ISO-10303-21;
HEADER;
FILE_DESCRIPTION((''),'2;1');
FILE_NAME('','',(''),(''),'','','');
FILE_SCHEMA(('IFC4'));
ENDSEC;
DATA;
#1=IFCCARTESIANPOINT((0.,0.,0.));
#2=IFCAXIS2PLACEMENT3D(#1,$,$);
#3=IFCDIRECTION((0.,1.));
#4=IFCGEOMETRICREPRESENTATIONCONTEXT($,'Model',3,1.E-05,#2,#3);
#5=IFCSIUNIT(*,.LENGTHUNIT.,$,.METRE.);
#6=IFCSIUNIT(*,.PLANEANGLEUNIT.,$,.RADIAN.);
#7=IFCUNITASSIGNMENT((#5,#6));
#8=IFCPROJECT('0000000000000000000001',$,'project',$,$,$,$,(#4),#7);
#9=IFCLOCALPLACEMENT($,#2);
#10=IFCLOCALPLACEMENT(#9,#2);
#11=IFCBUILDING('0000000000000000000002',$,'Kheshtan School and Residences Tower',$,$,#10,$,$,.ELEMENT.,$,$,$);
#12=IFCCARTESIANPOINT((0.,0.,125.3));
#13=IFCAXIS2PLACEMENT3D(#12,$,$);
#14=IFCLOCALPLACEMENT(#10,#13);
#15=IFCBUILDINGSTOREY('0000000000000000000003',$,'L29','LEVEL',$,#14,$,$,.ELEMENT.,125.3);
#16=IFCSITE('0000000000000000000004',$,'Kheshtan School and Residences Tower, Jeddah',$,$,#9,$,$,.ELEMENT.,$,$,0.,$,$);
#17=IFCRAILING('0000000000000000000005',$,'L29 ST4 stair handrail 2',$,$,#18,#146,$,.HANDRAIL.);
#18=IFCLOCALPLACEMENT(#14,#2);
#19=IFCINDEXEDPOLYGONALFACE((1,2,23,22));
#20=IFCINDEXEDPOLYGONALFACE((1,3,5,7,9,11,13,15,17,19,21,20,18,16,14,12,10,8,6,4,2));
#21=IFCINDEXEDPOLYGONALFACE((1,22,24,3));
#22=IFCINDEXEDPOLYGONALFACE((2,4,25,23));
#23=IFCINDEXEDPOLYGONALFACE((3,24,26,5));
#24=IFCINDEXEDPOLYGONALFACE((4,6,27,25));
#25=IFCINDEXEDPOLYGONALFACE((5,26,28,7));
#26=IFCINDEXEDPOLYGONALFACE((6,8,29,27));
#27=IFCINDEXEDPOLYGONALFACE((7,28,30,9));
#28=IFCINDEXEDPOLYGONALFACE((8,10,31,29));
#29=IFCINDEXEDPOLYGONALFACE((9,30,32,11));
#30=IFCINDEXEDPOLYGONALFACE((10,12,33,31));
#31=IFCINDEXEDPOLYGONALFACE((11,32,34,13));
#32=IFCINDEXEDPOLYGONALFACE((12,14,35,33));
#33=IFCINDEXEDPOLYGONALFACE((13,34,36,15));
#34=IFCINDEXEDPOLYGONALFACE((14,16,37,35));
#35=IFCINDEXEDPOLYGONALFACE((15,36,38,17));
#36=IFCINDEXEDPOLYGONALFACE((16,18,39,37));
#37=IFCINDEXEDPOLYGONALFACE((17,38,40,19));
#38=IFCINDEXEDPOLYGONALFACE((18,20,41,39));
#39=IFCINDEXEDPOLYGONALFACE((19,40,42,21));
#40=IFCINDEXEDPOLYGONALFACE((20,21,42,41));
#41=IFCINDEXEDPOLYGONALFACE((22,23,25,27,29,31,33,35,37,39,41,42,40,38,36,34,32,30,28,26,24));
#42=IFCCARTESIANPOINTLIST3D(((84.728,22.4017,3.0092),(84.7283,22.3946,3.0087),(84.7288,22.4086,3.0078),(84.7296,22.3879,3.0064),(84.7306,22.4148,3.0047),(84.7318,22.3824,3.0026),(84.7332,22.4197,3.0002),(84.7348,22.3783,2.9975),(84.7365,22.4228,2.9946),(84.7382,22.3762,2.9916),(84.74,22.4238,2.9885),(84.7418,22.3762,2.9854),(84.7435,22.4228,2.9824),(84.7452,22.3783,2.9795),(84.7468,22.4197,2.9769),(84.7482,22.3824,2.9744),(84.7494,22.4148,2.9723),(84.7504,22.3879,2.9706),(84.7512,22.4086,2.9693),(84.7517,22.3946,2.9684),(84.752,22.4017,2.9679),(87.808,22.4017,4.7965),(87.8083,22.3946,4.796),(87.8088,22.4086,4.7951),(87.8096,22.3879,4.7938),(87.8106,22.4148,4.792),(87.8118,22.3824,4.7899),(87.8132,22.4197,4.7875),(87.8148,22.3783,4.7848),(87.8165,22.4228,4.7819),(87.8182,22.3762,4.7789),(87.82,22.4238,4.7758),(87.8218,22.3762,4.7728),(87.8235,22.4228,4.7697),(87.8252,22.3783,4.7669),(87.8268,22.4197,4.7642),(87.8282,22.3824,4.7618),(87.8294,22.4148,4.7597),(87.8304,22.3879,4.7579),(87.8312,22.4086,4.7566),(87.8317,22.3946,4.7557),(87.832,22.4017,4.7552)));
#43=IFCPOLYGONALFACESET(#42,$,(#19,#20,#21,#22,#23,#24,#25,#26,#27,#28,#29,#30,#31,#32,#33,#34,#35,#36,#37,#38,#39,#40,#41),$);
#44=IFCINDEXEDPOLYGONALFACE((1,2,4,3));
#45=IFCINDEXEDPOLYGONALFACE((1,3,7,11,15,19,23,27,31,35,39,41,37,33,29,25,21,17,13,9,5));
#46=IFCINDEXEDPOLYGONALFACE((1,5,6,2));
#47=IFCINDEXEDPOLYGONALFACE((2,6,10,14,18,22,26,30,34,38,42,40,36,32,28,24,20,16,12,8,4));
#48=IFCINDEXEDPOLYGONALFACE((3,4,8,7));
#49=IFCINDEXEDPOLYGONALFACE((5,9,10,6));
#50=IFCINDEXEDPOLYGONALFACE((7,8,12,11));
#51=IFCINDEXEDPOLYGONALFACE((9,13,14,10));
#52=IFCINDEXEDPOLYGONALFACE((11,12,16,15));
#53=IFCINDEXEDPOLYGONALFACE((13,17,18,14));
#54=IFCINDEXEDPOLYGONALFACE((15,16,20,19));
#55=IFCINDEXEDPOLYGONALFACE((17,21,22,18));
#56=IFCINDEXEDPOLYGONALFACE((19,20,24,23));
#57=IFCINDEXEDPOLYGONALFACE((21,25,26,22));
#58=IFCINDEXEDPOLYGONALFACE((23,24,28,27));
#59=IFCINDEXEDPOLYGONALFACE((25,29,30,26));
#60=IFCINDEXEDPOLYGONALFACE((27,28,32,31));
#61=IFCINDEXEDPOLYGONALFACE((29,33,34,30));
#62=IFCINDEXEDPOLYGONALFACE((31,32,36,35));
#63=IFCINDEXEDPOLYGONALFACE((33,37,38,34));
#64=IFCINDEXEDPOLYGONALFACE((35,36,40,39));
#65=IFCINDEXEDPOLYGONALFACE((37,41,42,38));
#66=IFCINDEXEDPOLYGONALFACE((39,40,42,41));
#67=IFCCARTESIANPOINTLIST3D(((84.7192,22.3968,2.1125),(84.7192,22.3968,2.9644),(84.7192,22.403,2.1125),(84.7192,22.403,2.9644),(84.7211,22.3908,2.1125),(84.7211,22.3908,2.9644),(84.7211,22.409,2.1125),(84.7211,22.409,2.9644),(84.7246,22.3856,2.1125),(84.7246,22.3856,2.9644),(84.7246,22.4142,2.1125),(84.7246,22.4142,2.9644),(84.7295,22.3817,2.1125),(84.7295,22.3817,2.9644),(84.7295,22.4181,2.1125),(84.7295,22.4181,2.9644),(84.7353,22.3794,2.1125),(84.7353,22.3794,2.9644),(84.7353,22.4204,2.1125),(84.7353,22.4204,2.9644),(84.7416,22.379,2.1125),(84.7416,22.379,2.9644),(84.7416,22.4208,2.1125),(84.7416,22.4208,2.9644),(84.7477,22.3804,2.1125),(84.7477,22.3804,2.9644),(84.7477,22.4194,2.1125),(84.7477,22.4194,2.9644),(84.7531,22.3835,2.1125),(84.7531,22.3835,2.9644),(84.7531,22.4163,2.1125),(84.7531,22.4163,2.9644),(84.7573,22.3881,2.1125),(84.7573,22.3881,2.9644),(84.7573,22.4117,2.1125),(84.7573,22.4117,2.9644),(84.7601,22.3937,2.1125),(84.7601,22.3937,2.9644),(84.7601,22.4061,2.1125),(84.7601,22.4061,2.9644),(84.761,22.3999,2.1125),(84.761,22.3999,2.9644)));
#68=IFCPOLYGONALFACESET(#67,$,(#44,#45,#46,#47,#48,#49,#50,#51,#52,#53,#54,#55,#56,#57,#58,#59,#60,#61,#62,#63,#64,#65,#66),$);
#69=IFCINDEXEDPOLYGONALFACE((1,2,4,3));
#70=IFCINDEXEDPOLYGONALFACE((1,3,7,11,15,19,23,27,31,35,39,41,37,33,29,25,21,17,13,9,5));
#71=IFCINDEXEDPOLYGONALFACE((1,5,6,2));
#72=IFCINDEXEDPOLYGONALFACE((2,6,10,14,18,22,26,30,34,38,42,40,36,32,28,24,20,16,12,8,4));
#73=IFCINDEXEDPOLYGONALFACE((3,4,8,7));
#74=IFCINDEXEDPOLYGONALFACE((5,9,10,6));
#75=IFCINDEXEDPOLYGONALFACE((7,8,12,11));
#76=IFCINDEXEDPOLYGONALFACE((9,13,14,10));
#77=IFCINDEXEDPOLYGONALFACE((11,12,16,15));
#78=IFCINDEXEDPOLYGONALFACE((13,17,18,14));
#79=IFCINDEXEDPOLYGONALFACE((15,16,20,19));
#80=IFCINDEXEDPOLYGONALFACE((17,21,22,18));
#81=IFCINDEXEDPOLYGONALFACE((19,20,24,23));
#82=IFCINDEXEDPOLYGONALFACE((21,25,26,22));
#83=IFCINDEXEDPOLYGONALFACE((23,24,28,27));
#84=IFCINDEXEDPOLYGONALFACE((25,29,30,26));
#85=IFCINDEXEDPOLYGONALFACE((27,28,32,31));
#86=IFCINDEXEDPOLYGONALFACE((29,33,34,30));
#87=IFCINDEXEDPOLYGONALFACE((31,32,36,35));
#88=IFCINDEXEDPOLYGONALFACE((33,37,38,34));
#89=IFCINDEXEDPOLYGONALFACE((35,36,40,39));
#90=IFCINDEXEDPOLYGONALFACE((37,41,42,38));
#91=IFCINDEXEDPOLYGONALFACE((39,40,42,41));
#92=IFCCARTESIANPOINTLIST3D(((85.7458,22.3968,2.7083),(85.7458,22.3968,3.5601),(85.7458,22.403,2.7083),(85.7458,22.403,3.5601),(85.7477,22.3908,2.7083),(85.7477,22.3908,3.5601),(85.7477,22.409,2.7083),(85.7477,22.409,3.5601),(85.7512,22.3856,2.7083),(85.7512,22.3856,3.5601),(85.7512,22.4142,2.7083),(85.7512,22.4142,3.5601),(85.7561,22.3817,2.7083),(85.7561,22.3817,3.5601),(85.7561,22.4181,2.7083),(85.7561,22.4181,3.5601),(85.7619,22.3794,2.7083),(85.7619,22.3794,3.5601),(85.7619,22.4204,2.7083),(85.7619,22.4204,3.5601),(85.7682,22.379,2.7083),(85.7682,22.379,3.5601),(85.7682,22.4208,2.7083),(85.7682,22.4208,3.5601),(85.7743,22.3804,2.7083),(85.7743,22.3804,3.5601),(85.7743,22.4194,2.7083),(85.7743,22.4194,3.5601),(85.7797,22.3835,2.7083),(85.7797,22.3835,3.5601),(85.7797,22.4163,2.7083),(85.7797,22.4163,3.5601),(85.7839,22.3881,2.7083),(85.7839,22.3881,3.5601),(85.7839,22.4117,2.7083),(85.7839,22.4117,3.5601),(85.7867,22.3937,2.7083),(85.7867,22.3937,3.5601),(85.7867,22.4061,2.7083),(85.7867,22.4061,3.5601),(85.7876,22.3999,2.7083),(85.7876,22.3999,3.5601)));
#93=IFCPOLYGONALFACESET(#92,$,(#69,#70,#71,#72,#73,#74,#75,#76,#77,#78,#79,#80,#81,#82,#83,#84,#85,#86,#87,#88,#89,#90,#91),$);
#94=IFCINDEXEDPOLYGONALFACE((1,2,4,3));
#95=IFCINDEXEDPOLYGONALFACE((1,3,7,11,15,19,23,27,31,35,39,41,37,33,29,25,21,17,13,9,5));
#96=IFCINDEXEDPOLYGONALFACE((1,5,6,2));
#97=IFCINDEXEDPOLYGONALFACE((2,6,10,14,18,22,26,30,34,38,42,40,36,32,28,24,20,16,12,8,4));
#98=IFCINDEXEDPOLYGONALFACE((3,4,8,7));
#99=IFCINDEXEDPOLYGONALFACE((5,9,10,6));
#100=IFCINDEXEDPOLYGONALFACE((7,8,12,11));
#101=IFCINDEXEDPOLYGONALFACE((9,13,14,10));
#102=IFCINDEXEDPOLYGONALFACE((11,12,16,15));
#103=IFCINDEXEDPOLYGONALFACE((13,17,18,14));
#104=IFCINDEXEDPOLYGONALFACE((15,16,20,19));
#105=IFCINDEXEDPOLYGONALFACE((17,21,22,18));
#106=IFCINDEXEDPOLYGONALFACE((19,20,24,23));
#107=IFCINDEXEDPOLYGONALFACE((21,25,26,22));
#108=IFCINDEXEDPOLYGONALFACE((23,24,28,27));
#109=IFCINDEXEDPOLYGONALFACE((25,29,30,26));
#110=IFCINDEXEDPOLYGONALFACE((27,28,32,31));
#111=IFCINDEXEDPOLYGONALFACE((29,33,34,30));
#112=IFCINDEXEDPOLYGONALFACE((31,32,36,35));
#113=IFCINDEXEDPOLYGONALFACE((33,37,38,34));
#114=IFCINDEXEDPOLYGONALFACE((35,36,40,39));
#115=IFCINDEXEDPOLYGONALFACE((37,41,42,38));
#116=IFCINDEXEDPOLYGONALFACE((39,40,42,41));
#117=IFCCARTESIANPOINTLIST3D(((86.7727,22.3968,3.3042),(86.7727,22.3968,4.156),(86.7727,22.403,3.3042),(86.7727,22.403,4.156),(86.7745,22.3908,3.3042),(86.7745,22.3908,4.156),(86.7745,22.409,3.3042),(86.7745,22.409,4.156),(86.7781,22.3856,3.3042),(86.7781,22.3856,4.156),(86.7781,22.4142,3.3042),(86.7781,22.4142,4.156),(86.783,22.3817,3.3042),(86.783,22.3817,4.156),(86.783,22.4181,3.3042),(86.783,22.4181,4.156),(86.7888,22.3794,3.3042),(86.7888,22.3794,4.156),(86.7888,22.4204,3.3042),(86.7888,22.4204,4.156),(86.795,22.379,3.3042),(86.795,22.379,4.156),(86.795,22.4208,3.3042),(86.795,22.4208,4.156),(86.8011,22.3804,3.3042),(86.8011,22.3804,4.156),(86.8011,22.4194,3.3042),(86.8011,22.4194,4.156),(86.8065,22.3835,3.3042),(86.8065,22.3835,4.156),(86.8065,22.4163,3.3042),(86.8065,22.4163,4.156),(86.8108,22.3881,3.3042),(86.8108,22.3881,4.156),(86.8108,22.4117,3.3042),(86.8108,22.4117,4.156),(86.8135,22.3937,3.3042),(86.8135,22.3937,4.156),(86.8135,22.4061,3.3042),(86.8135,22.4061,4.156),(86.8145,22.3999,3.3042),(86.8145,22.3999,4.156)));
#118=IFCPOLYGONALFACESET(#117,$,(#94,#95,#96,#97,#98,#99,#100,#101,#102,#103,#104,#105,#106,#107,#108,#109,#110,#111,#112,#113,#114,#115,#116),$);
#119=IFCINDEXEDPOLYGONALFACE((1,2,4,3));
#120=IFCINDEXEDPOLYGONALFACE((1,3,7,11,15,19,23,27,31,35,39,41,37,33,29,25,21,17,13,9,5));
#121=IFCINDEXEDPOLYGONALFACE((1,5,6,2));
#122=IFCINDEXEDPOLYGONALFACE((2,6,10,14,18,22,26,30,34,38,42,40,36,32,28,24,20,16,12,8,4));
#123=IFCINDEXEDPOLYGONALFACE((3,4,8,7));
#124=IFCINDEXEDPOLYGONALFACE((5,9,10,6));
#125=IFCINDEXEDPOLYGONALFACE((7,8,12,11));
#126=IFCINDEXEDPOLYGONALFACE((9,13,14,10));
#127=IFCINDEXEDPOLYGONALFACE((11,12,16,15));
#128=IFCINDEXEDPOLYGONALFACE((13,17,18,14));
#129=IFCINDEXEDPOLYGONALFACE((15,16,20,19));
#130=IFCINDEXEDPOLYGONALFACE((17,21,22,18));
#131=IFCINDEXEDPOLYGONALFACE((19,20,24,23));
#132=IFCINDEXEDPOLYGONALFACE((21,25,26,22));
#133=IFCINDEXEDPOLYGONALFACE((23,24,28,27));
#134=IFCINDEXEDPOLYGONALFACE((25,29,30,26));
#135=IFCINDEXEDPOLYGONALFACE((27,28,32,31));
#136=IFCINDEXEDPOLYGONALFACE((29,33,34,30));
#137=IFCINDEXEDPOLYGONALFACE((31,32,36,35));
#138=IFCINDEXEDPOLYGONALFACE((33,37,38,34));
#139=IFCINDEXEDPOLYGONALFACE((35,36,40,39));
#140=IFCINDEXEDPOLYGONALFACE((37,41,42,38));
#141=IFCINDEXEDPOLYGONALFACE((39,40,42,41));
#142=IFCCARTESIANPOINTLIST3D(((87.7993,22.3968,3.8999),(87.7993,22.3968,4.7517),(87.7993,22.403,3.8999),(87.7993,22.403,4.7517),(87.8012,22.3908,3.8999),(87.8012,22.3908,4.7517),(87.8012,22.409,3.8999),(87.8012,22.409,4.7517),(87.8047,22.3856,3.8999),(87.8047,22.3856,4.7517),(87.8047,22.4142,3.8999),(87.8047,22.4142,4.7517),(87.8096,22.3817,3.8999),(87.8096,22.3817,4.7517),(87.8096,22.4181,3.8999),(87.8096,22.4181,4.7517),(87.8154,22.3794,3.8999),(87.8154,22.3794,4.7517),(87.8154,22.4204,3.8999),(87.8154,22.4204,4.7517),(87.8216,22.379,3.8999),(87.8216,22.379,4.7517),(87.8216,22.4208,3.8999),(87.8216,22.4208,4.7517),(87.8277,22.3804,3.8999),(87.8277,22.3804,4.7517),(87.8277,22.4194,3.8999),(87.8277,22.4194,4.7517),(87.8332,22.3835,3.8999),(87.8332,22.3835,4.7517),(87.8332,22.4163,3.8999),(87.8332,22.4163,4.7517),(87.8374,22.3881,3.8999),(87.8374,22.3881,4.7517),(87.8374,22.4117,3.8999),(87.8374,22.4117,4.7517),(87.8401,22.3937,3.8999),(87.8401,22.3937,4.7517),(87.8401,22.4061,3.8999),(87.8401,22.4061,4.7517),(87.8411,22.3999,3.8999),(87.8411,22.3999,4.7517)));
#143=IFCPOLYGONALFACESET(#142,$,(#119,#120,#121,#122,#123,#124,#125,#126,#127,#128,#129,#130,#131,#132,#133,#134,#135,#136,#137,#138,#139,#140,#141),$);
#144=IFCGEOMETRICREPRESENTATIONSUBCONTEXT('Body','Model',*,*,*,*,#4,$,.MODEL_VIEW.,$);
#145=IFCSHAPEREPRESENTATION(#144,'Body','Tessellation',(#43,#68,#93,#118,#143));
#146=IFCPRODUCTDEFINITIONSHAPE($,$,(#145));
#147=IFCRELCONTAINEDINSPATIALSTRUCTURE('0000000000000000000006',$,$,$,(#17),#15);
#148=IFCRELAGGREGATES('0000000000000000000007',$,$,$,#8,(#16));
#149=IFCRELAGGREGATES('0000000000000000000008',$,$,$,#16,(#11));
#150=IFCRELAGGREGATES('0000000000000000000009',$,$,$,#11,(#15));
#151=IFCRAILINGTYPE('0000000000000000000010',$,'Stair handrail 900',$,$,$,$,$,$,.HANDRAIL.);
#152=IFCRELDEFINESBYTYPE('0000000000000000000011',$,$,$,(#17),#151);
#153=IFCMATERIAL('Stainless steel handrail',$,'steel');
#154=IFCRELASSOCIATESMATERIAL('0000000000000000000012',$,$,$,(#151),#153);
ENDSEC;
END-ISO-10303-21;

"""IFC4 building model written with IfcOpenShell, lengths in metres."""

from ifc_helpers import new_model, si_unit, direction, frame, origin, origin_2d, place, context, subcontext, project, spatial, circle, extrude, material, type_object, element, save


model = new_model("IFC4")

# Units and contexts
model_context = context("Model", 3, precision=1e-05, world=origin(), true_north=direction((0.0, 1.0)))
body_context = subcontext(model_context, "Body", "Model", "MODEL_VIEW")
ifc_project = project(units=[si_unit("LENGTHUNIT", "METRE"), si_unit("PLANEANGLEUNIT", "RADIAN")], contexts=[model_context])

# Site, building, storey
site_placement = place(None, origin())
site = spatial("IfcSite", under=ifc_project, at=site_placement, Name="Kheshtan School and Residences Tower, Jeddah", CompositionType="ELEMENT", RefElevation=0.0)
building_placement = place(site_placement, origin())
building = spatial("IfcBuilding", under=site, at=building_placement, Name="Kheshtan School and Residences Tower", CompositionType="ELEMENT")
storey_placement = place(building_placement, frame((0.0, 0.0, 125.3)))
storey = spatial("IfcBuildingStorey", under=building, at=storey_placement, Name="L29", Description="LEVEL", CompositionType="ELEMENT", Elevation=125.3)

# Railing
ifc_material_1 = material(Name="Stainless steel handrail", Category="steel")
railing_type_1 = type_object("IfcRailingType", Name="Stair handrail 900", PredefinedType="HANDRAIL", material=ifc_material_1)
railing_1_placement = place(storey_placement, frame((84.74, 22.3999, 2.1125)))
element("IfcRailing", 1, at=railing_1_placement, inside=storey, type_object=railing_type_1, Name="L29 ST4 stair handrail 2", PredefinedType="HANDRAIL", context=body_context, shape_type="SweptSolid", body=[
    extrude(circle(Radius=0.0239, at=origin_2d()), frame((0.0, 0.0, 0.876), z_axis=(0.86492, 0.0, 0.501909), x_axis=(0.0, 1.0, 0.0)), (0.0, 0.0, 1.0), 3.561),
    extrude(circle(Radius=0.021, at=origin_2d()), origin(), (0.0, 0.0, 1.0), 0.8518),
    extrude(circle(Radius=0.021, at=origin_2d()), frame((1.0266, 0.0, 0.5957)), (0.0, 0.0, 1.0), 0.8518),
    extrude(circle(Radius=0.021, at=origin_2d()), frame((2.0535, 0.0, 1.1917)), (0.0, 0.0, 1.0), 0.8518),
    extrude(circle(Radius=0.021, at=origin_2d()), frame((3.0801, 0.0, 1.7874)), (0.0, 0.0, 1.0), 0.8518),
])

save(model, "model.ifc")
